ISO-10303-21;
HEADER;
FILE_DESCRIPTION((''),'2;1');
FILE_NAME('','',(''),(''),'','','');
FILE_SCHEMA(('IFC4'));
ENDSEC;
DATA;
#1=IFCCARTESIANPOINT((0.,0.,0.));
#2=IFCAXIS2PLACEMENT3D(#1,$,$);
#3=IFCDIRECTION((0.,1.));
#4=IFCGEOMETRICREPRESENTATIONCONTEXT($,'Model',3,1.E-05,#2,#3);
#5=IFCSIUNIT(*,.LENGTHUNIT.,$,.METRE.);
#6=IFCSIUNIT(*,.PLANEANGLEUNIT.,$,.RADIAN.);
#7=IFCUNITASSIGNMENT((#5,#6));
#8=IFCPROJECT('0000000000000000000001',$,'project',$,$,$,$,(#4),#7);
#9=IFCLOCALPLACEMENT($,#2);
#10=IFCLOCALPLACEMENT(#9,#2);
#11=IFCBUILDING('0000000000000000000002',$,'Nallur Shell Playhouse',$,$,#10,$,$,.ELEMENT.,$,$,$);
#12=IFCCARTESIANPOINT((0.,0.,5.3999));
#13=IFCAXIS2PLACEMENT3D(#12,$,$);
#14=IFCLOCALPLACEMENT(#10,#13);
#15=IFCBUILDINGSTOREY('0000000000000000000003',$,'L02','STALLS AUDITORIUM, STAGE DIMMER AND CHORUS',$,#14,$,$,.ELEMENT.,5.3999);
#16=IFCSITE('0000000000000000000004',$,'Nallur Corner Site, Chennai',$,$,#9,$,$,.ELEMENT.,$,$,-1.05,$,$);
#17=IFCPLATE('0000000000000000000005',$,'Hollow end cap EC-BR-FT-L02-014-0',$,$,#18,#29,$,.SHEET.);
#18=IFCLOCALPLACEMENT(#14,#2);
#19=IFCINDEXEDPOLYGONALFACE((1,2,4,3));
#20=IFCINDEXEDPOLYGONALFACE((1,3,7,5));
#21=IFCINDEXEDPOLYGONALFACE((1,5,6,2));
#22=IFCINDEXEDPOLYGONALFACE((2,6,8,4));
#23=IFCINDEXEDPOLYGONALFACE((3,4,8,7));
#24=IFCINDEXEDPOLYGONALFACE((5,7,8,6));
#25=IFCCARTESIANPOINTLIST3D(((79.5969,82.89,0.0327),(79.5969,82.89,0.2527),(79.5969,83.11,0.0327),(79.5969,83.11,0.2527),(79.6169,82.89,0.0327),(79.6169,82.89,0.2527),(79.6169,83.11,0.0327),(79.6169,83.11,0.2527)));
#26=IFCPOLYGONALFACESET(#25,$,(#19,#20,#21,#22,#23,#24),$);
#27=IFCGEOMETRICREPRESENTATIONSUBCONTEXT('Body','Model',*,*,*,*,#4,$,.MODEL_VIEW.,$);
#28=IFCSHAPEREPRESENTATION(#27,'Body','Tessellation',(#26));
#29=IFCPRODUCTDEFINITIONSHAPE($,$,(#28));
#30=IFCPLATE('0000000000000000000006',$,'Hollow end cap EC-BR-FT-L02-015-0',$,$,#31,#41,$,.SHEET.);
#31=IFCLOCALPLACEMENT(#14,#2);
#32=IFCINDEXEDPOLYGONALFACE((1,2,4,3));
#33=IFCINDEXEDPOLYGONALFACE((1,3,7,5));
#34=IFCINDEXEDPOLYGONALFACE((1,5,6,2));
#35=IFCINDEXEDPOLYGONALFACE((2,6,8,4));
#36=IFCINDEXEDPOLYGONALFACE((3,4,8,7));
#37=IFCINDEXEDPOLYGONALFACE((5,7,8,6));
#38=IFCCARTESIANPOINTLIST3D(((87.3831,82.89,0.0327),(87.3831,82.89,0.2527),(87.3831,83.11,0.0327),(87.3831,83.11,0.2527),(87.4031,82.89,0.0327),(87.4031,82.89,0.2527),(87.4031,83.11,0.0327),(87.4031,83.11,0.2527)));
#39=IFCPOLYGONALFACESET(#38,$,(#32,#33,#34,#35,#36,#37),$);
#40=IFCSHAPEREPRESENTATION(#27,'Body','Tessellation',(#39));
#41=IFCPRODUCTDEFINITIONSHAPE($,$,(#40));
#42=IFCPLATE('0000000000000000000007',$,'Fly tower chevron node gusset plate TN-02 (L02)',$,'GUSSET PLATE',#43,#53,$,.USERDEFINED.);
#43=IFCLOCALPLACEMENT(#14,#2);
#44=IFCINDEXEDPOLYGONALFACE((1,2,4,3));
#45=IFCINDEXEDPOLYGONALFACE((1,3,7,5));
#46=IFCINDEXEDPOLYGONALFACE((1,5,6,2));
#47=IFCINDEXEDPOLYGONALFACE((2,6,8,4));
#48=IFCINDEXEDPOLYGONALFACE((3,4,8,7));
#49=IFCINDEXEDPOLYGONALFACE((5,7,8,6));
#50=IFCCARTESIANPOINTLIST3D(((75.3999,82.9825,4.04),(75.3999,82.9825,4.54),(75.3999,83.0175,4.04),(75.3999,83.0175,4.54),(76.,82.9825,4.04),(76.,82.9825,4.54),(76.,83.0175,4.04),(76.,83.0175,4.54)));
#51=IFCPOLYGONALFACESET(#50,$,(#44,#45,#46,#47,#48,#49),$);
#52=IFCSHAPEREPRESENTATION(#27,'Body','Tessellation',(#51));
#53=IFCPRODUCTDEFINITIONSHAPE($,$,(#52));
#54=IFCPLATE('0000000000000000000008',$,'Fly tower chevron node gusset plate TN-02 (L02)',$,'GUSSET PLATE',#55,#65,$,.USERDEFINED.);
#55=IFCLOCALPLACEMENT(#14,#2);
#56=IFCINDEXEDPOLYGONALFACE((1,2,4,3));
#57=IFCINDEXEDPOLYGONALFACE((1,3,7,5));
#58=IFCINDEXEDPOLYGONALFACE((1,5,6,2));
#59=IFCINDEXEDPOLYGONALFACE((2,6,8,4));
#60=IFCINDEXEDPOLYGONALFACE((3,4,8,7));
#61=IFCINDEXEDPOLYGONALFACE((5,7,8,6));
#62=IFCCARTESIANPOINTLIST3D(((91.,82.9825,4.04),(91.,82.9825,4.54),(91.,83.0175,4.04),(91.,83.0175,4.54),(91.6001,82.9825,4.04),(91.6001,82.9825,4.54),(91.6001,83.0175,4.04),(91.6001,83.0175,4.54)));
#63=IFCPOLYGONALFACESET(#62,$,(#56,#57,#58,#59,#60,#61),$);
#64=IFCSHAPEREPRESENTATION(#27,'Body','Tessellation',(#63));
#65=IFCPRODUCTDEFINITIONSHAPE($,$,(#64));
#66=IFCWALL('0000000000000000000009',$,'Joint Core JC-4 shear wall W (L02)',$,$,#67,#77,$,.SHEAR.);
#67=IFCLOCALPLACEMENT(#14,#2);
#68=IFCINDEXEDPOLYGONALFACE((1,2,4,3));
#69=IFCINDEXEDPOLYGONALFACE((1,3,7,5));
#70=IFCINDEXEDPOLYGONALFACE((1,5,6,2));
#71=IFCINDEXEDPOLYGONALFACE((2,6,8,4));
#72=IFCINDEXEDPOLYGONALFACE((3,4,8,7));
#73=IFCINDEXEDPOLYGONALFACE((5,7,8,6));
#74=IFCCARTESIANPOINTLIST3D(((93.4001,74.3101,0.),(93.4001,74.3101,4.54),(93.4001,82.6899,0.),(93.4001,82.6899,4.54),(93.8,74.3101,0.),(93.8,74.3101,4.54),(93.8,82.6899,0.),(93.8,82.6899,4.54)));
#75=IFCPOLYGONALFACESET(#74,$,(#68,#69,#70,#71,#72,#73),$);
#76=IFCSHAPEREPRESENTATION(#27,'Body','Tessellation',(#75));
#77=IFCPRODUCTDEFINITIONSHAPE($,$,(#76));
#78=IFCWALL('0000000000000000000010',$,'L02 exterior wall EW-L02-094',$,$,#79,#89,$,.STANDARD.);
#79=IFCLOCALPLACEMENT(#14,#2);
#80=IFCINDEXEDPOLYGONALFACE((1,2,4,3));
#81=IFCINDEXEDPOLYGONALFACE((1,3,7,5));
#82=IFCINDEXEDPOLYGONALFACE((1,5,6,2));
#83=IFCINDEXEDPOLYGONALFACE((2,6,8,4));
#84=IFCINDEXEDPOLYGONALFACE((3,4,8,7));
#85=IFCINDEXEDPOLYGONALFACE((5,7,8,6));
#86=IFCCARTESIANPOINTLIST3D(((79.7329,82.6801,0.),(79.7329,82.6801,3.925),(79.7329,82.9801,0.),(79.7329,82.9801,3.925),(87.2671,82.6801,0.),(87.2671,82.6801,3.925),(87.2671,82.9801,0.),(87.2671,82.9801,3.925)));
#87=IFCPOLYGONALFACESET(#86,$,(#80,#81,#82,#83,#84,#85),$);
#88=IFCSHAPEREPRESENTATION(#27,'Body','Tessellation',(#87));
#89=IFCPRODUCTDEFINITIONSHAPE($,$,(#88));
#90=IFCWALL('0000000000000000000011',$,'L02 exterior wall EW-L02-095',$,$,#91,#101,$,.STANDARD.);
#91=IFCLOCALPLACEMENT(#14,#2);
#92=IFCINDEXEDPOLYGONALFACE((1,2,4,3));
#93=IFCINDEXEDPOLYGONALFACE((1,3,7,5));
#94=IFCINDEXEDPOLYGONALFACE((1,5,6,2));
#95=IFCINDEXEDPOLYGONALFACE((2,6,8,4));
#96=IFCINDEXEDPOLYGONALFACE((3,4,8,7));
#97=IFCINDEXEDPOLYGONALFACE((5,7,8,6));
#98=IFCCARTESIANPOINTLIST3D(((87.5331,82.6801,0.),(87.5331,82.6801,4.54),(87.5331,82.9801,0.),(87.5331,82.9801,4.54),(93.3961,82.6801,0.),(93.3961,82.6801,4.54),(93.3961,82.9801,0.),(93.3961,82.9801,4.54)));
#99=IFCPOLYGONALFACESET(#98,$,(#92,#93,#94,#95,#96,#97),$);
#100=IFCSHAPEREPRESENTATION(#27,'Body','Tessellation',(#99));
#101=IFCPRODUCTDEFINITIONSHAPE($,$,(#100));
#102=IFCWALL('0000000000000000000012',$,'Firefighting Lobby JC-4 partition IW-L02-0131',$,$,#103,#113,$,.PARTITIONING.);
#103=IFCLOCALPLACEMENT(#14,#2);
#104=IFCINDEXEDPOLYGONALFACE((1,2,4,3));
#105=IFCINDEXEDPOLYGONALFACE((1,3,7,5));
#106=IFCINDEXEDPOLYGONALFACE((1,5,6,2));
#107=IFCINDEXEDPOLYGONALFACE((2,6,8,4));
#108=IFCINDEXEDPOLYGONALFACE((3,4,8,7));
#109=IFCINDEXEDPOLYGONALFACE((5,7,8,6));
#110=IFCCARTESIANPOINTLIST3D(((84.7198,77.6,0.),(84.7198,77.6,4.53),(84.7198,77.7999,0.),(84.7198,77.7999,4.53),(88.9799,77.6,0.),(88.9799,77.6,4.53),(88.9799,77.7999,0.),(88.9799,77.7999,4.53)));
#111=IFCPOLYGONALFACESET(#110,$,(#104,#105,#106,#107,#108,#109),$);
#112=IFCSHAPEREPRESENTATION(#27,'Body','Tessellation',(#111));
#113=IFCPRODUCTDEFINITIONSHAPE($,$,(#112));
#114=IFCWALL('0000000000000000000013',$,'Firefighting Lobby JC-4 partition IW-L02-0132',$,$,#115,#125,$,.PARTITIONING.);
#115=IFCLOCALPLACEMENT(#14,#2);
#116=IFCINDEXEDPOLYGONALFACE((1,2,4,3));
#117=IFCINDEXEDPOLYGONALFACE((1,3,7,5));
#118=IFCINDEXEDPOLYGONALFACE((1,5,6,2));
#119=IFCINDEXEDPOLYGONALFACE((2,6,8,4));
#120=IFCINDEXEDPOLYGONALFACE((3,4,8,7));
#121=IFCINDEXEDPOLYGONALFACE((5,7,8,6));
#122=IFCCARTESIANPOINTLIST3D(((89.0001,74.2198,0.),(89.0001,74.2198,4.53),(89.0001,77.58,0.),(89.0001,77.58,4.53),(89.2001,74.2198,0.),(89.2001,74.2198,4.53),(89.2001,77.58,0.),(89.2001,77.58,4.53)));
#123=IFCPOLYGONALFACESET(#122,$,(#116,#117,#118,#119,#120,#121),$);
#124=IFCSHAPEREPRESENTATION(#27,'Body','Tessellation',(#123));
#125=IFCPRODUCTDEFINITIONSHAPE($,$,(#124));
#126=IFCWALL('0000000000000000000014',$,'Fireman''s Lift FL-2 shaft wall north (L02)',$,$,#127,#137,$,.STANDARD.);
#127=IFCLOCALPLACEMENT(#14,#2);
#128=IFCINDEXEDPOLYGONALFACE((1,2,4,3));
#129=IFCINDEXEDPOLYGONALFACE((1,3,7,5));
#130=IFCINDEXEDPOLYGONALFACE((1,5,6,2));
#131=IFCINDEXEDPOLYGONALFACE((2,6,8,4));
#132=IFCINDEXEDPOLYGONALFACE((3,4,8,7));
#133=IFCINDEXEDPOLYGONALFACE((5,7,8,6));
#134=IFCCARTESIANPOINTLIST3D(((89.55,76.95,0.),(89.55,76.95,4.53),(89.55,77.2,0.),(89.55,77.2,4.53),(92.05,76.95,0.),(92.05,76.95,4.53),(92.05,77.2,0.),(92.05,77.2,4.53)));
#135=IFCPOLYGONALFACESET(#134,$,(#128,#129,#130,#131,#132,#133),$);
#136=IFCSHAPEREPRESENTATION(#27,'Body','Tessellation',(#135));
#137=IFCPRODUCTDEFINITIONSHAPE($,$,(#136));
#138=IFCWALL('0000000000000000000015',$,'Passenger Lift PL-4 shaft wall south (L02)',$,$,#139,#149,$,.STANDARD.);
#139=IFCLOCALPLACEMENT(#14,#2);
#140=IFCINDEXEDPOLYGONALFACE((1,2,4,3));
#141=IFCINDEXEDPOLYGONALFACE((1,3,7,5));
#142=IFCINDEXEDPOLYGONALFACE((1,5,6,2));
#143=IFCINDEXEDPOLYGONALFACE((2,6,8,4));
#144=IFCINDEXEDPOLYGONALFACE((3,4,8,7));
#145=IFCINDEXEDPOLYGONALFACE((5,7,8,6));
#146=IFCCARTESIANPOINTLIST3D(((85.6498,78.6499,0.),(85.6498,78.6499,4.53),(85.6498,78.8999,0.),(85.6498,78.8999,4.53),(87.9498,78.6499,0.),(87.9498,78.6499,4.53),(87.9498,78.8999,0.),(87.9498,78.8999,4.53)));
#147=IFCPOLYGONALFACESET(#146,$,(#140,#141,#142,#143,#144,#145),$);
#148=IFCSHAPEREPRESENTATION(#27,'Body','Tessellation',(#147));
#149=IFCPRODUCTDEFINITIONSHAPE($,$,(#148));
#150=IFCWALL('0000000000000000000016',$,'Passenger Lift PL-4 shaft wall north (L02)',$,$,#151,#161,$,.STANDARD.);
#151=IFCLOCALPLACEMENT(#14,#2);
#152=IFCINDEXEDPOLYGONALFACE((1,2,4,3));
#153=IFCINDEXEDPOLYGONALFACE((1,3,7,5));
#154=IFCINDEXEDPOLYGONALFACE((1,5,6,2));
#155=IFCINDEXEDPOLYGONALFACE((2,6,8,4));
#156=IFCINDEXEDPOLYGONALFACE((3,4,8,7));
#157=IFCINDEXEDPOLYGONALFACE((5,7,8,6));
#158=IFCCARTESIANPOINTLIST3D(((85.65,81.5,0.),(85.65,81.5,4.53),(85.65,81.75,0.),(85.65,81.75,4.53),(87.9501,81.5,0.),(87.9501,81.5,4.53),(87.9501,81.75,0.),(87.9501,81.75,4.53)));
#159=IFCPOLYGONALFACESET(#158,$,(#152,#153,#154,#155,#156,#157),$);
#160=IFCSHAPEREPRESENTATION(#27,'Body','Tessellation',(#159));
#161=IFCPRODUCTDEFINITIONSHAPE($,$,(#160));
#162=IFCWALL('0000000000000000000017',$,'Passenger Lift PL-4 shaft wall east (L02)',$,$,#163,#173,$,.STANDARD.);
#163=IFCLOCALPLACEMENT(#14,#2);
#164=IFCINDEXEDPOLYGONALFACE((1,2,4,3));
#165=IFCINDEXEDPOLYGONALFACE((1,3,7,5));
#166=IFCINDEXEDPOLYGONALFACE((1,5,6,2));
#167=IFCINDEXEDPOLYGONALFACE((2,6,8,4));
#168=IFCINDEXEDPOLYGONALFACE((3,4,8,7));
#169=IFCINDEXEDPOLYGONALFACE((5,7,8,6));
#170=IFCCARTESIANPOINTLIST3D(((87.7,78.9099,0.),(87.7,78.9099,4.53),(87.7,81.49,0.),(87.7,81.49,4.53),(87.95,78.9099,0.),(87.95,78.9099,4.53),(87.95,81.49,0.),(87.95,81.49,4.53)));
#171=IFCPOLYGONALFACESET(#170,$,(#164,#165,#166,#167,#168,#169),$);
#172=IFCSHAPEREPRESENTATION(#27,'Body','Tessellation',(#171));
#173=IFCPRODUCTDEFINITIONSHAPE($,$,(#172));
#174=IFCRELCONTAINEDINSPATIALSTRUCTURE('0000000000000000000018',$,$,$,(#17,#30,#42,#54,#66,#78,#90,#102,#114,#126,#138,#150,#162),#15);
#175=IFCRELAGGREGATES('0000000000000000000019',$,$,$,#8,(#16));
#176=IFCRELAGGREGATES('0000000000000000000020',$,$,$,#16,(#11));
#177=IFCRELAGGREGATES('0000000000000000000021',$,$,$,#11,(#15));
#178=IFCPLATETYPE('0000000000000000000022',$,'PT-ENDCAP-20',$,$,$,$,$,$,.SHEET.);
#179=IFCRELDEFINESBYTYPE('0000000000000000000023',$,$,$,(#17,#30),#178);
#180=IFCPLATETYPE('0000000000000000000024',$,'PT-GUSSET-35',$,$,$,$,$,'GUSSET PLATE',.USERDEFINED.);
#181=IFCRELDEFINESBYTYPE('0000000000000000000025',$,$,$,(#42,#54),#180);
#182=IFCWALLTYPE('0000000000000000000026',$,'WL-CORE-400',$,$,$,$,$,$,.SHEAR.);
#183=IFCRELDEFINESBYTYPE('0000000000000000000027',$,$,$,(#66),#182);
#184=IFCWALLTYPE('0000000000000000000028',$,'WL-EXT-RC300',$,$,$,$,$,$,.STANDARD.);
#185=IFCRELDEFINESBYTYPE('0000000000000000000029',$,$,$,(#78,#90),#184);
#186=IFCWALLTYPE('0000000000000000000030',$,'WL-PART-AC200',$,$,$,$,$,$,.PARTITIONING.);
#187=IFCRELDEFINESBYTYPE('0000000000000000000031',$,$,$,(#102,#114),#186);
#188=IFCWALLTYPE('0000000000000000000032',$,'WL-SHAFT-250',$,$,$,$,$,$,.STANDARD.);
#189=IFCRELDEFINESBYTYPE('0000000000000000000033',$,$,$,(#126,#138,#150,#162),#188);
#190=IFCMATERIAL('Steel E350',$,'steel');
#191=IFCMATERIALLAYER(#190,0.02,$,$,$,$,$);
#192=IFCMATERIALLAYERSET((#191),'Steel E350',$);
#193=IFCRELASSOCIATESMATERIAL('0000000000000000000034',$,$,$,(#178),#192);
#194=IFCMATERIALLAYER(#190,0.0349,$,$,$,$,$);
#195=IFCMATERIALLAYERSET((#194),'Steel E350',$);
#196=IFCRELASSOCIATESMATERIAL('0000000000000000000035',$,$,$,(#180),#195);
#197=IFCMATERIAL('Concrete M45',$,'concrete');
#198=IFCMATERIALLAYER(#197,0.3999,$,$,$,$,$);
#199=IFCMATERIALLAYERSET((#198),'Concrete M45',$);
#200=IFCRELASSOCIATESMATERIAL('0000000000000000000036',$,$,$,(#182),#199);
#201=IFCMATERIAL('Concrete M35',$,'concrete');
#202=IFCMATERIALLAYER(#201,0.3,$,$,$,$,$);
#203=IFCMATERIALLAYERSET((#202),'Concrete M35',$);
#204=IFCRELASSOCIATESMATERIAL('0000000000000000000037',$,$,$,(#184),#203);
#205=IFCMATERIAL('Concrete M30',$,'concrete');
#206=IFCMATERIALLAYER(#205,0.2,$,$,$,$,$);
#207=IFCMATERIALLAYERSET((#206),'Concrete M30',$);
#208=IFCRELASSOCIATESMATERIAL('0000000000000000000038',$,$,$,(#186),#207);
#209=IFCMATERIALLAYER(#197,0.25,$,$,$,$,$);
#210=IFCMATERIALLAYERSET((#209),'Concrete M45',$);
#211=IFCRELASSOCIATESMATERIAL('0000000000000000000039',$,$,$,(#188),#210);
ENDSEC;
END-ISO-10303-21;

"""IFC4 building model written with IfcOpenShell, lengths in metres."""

from ifc_helpers import new_model, si_unit, direction, frame, frame_2d, origin, origin_2d, place, context, subcontext, project, spatial, rectangle, extrude, material, layer, layer_set, type_object, element, save


model = new_model("IFC4")

# Units and contexts
model_context = context("Model", 3, precision=1e-05, world=origin(), true_north=direction((0.0, 1.0)))
body_context = subcontext(model_context, "Body", "Model", "MODEL_VIEW")
ifc_project = project(units=[si_unit("LENGTHUNIT", "METRE"), si_unit("PLANEANGLEUNIT", "RADIAN")], contexts=[model_context])

# Site, building, storey
site_placement = place(None, origin())
site = spatial("IfcSite", under=ifc_project, at=site_placement, Name="Nallur Corner Site, Chennai", CompositionType="ELEMENT", RefElevation=-1.05)
building_placement = place(site_placement, origin())
building = spatial("IfcBuilding", under=site, at=building_placement, Name="Nallur Shell Playhouse", CompositionType="ELEMENT")
storey_placement = place(building_placement, frame((0.0, 0.0, 5.3999)))
storey = spatial("IfcBuildingStorey", under=building, at=storey_placement, Name="L02", Description="STALLS AUDITORIUM, STAGE DIMMER AND CHORUS", CompositionType="ELEMENT", Elevation=5.3999)

# Shared definitions
ifc_material_1 = material(Name="Steel E350", Category="steel")

# Shared definitions
ifc_material_2 = material(Name="Concrete M35", Category="concrete")

# Plates
ifc_layer_1 = layer(ifc_material_1, 0.02)
ifc_layer_set_1 = layer_set([ifc_layer_1], Name="Steel E350")
plate_type_1 = type_object("IfcPlateType", Name="PT-ENDCAP-20", PredefinedType="SHEET", material=ifc_layer_set_1)
for number, where, z_axis, x_axis, name in (
    (1, (79.6069, 83.0, 0.0327), (0.0, 0.0, 1.0), (1.0, 0.0, 0.0), "Hollow end cap EC-BR-FT-L02-014-0"),
    (2, (87.3931, 83.0, 0.0327), (0.0, 0.0, 1.0), (1.0, 0.0, 0.0), "Hollow end cap EC-BR-FT-L02-015-0"),
):
    element("IfcPlate", number, at=place(storey_placement, frame(where, z_axis=z_axis, x_axis=x_axis)), inside=storey, type_object=plate_type_1, Name=name, PredefinedType="SHEET", context=body_context, shape_type="SweptSolid", body=[
        extrude(rectangle(XDim=0.02, YDim=0.22, at=origin_2d()), origin(), (0.0, 0.0, 1.0), 0.22),
    ])
ifc_layer_2 = layer(ifc_material_1, 0.0349)
ifc_layer_set_2 = layer_set([ifc_layer_2], Name="Steel E350")
plate_type_2 = type_object("IfcPlateType", Name="PT-GUSSET-35", ElementType="GUSSET PLATE", PredefinedType="USERDEFINED", material=ifc_layer_set_2)
for number, where, z_axis, x_axis, name in (
    (3, (75.7, 83.0, 4.04), (0.0, 0.0, 1.0), (1.0, 0.0, 0.0), "Fly tower chevron node gusset plate TN-02 (L02)"),
    (4, (91.3, 83.0, 4.04), (0.0, 0.0, 1.0), (1.0, 0.0, 0.0), "Fly tower chevron node gusset plate TN-02 (L02)"),
):
    element("IfcPlate", number, at=place(storey_placement, frame(where, z_axis=z_axis, x_axis=x_axis)), inside=storey, type_object=plate_type_2, Name=name, ObjectType="GUSSET PLATE", PredefinedType="USERDEFINED", context=body_context, shape_type="SweptSolid", body=[
        extrude(rectangle(XDim=0.6001, YDim=0.0349, at=origin_2d()), origin(), (0.0, 0.0, 1.0), 0.5),
    ])

# Walls
ifc_material_3 = material(Name="Concrete M45", Category="concrete")
ifc_layer_3 = layer(ifc_material_3, 0.3999)
ifc_layer_set_3 = layer_set([ifc_layer_3], Name="Concrete M45")
wall_type_1 = type_object("IfcWallType", Name="WL-CORE-400", PredefinedType="SHEAR", material=ifc_layer_set_3)
wall_1_placement = place(storey_placement, frame((93.6001, 82.6899, 0.0), z_axis=(0.0, 0.0, 1.0), x_axis=(0.0, -1.0, 0.0)))
element("IfcWall", 5, at=wall_1_placement, inside=storey, type_object=wall_type_1, Name="Joint Core JC-4 shear wall W (L02)", PredefinedType="SHEAR", context=body_context, shape_type="SweptSolid", body=[
    extrude(rectangle(XDim=8.3799, YDim=0.3999, at=frame_2d((4.1899, 0.0))), origin(), (0.0, 0.0, 1.0), 4.54),
])
ifc_layer_4 = layer(ifc_material_2, 0.3)
ifc_layer_set_4 = layer_set([ifc_layer_4], Name="Concrete M35")
wall_type_2 = type_object("IfcWallType", Name="WL-EXT-RC300", PredefinedType="STANDARD", material=ifc_layer_set_4)
wall_2_placement = place(storey_placement, frame((79.7329, 82.8301, 0.0), z_axis=(0.0, 0.0, 1.0), x_axis=(1.0, 0.0, 0.0)))
element("IfcWall", 6, at=wall_2_placement, inside=storey, type_object=wall_type_2, Name="L02 exterior wall EW-L02-094", PredefinedType="STANDARD", context=body_context, shape_type="SweptSolid", body=[
    extrude(rectangle(XDim=7.5342, YDim=0.3, at=frame_2d((3.7671, 0.0))), origin(), (0.0, 0.0, 1.0), 3.925),
])
wall_3_placement = place(storey_placement, frame((87.533, 82.8301, 0.0), z_axis=(0.0, 0.0, 1.0), x_axis=(1.0, 0.0, 0.0)))
element("IfcWall", 7, at=wall_3_placement, inside=storey, type_object=wall_type_2, Name="L02 exterior wall EW-L02-095", PredefinedType="STANDARD", context=body_context, shape_type="SweptSolid", body=[
    extrude(rectangle(XDim=5.863, YDim=0.3, at=frame_2d((2.9316, 0.0))), origin(), (0.0, 0.0, 1.0), 4.54),
])
ifc_material_4 = material(Name="Concrete M30", Category="concrete")
ifc_layer_5 = layer(ifc_material_4, 0.2)
ifc_layer_set_5 = layer_set([ifc_layer_5], Name="Concrete M30")
wall_type_3 = type_object("IfcWallType", Name="WL-PART-AC200", PredefinedType="PARTITIONING", material=ifc_layer_set_5)
wall_4_placement = place(storey_placement, frame((84.72, 77.7, 0.0), z_axis=(0.0, 0.0, 1.0), x_axis=(1.0, 0.0, 0.0)))
element("IfcWall", 8, at=wall_4_placement, inside=storey, type_object=wall_type_3, Name="Firefighting Lobby JC-4 partition IW-L02-0131", PredefinedType="PARTITIONING", context=body_context, shape_type="SweptSolid", body=[
    extrude(rectangle(XDim=4.26, YDim=0.2, at=frame_2d((2.1299, 0.0))), origin(), (0.0, 0.0, 1.0), 4.53),
])
wall_5_placement = place(storey_placement, frame((89.1001, 77.5801, 0.0), z_axis=(0.0, 0.0, 1.0), x_axis=(0.0, -1.0, 0.0)))
element("IfcWall", 9, at=wall_5_placement, inside=storey, type_object=wall_type_3, Name="Firefighting Lobby JC-4 partition IW-L02-0132", PredefinedType="PARTITIONING", context=body_context, shape_type="SweptSolid", body=[
    extrude(rectangle(XDim=3.3601, YDim=0.2, at=frame_2d((1.6802, 0.0))), origin(), (0.0, 0.0, 1.0), 4.53),
])
ifc_layer_6 = layer(ifc_material_3, 0.25)
ifc_layer_set_6 = layer_set([ifc_layer_6], Name="Concrete M45")
wall_type_4 = type_object("IfcWallType", Name="WL-SHAFT-250", PredefinedType="STANDARD", material=ifc_layer_set_6)
wall_6_placement = place(storey_placement, frame((92.05, 77.075, 0.0), z_axis=(0.0, 0.0, 1.0), x_axis=(-1.0, 0.0, 0.0)))
element("IfcWall", 10, at=wall_6_placement, inside=storey, type_object=wall_type_4, Name="Fireman's Lift FL-2 shaft wall north (L02)", PredefinedType="STANDARD", context=body_context, shape_type="SweptSolid", body=[
    extrude(rectangle(XDim=2.5, YDim=0.25, at=frame_2d((1.25, 0.0))), origin(), (0.0, 0.0, 1.0), 4.53),
])
for number, where, z_axis, x_axis, name in (
    (11, (85.6499, 78.7749, 0.0), (0.0, 0.0, 1.0), (1.0, 0.0, 0.0), "Passenger Lift PL-4 shaft wall south (L02)"),
    (12, (87.95, 81.625, 0.0), (0.0, 0.0, 1.0), (-1.0, 0.0, 0.0), "Passenger Lift PL-4 shaft wall north (L02)"),
):
    element("IfcWall", number, at=place(storey_placement, frame(where, z_axis=z_axis, x_axis=x_axis)), inside=storey, type_object=wall_type_4, Name=name, PredefinedType="STANDARD", context=body_context, shape_type="SweptSolid", body=[
        extrude(rectangle(XDim=2.3, YDim=0.25, at=frame_2d((1.1499, 0.0))), origin(), (0.0, 0.0, 1.0), 4.53),
    ])
wall_7_placement = place(storey_placement, frame((87.825, 78.9099, 0.0), z_axis=(0.0, 0.0, 1.0), x_axis=(0.0, 1.0, 0.0)))
element("IfcWall", 13, at=wall_7_placement, inside=storey, type_object=wall_type_4, Name="Passenger Lift PL-4 shaft wall east (L02)", PredefinedType="STANDARD", context=body_context, shape_type="SweptSolid", body=[
    extrude(rectangle(XDim=2.5801, YDim=0.25, at=frame_2d((1.29, 0.0))), origin(), (0.0, 0.0, 1.0), 4.53),
])

save(model, "model.ifc")
